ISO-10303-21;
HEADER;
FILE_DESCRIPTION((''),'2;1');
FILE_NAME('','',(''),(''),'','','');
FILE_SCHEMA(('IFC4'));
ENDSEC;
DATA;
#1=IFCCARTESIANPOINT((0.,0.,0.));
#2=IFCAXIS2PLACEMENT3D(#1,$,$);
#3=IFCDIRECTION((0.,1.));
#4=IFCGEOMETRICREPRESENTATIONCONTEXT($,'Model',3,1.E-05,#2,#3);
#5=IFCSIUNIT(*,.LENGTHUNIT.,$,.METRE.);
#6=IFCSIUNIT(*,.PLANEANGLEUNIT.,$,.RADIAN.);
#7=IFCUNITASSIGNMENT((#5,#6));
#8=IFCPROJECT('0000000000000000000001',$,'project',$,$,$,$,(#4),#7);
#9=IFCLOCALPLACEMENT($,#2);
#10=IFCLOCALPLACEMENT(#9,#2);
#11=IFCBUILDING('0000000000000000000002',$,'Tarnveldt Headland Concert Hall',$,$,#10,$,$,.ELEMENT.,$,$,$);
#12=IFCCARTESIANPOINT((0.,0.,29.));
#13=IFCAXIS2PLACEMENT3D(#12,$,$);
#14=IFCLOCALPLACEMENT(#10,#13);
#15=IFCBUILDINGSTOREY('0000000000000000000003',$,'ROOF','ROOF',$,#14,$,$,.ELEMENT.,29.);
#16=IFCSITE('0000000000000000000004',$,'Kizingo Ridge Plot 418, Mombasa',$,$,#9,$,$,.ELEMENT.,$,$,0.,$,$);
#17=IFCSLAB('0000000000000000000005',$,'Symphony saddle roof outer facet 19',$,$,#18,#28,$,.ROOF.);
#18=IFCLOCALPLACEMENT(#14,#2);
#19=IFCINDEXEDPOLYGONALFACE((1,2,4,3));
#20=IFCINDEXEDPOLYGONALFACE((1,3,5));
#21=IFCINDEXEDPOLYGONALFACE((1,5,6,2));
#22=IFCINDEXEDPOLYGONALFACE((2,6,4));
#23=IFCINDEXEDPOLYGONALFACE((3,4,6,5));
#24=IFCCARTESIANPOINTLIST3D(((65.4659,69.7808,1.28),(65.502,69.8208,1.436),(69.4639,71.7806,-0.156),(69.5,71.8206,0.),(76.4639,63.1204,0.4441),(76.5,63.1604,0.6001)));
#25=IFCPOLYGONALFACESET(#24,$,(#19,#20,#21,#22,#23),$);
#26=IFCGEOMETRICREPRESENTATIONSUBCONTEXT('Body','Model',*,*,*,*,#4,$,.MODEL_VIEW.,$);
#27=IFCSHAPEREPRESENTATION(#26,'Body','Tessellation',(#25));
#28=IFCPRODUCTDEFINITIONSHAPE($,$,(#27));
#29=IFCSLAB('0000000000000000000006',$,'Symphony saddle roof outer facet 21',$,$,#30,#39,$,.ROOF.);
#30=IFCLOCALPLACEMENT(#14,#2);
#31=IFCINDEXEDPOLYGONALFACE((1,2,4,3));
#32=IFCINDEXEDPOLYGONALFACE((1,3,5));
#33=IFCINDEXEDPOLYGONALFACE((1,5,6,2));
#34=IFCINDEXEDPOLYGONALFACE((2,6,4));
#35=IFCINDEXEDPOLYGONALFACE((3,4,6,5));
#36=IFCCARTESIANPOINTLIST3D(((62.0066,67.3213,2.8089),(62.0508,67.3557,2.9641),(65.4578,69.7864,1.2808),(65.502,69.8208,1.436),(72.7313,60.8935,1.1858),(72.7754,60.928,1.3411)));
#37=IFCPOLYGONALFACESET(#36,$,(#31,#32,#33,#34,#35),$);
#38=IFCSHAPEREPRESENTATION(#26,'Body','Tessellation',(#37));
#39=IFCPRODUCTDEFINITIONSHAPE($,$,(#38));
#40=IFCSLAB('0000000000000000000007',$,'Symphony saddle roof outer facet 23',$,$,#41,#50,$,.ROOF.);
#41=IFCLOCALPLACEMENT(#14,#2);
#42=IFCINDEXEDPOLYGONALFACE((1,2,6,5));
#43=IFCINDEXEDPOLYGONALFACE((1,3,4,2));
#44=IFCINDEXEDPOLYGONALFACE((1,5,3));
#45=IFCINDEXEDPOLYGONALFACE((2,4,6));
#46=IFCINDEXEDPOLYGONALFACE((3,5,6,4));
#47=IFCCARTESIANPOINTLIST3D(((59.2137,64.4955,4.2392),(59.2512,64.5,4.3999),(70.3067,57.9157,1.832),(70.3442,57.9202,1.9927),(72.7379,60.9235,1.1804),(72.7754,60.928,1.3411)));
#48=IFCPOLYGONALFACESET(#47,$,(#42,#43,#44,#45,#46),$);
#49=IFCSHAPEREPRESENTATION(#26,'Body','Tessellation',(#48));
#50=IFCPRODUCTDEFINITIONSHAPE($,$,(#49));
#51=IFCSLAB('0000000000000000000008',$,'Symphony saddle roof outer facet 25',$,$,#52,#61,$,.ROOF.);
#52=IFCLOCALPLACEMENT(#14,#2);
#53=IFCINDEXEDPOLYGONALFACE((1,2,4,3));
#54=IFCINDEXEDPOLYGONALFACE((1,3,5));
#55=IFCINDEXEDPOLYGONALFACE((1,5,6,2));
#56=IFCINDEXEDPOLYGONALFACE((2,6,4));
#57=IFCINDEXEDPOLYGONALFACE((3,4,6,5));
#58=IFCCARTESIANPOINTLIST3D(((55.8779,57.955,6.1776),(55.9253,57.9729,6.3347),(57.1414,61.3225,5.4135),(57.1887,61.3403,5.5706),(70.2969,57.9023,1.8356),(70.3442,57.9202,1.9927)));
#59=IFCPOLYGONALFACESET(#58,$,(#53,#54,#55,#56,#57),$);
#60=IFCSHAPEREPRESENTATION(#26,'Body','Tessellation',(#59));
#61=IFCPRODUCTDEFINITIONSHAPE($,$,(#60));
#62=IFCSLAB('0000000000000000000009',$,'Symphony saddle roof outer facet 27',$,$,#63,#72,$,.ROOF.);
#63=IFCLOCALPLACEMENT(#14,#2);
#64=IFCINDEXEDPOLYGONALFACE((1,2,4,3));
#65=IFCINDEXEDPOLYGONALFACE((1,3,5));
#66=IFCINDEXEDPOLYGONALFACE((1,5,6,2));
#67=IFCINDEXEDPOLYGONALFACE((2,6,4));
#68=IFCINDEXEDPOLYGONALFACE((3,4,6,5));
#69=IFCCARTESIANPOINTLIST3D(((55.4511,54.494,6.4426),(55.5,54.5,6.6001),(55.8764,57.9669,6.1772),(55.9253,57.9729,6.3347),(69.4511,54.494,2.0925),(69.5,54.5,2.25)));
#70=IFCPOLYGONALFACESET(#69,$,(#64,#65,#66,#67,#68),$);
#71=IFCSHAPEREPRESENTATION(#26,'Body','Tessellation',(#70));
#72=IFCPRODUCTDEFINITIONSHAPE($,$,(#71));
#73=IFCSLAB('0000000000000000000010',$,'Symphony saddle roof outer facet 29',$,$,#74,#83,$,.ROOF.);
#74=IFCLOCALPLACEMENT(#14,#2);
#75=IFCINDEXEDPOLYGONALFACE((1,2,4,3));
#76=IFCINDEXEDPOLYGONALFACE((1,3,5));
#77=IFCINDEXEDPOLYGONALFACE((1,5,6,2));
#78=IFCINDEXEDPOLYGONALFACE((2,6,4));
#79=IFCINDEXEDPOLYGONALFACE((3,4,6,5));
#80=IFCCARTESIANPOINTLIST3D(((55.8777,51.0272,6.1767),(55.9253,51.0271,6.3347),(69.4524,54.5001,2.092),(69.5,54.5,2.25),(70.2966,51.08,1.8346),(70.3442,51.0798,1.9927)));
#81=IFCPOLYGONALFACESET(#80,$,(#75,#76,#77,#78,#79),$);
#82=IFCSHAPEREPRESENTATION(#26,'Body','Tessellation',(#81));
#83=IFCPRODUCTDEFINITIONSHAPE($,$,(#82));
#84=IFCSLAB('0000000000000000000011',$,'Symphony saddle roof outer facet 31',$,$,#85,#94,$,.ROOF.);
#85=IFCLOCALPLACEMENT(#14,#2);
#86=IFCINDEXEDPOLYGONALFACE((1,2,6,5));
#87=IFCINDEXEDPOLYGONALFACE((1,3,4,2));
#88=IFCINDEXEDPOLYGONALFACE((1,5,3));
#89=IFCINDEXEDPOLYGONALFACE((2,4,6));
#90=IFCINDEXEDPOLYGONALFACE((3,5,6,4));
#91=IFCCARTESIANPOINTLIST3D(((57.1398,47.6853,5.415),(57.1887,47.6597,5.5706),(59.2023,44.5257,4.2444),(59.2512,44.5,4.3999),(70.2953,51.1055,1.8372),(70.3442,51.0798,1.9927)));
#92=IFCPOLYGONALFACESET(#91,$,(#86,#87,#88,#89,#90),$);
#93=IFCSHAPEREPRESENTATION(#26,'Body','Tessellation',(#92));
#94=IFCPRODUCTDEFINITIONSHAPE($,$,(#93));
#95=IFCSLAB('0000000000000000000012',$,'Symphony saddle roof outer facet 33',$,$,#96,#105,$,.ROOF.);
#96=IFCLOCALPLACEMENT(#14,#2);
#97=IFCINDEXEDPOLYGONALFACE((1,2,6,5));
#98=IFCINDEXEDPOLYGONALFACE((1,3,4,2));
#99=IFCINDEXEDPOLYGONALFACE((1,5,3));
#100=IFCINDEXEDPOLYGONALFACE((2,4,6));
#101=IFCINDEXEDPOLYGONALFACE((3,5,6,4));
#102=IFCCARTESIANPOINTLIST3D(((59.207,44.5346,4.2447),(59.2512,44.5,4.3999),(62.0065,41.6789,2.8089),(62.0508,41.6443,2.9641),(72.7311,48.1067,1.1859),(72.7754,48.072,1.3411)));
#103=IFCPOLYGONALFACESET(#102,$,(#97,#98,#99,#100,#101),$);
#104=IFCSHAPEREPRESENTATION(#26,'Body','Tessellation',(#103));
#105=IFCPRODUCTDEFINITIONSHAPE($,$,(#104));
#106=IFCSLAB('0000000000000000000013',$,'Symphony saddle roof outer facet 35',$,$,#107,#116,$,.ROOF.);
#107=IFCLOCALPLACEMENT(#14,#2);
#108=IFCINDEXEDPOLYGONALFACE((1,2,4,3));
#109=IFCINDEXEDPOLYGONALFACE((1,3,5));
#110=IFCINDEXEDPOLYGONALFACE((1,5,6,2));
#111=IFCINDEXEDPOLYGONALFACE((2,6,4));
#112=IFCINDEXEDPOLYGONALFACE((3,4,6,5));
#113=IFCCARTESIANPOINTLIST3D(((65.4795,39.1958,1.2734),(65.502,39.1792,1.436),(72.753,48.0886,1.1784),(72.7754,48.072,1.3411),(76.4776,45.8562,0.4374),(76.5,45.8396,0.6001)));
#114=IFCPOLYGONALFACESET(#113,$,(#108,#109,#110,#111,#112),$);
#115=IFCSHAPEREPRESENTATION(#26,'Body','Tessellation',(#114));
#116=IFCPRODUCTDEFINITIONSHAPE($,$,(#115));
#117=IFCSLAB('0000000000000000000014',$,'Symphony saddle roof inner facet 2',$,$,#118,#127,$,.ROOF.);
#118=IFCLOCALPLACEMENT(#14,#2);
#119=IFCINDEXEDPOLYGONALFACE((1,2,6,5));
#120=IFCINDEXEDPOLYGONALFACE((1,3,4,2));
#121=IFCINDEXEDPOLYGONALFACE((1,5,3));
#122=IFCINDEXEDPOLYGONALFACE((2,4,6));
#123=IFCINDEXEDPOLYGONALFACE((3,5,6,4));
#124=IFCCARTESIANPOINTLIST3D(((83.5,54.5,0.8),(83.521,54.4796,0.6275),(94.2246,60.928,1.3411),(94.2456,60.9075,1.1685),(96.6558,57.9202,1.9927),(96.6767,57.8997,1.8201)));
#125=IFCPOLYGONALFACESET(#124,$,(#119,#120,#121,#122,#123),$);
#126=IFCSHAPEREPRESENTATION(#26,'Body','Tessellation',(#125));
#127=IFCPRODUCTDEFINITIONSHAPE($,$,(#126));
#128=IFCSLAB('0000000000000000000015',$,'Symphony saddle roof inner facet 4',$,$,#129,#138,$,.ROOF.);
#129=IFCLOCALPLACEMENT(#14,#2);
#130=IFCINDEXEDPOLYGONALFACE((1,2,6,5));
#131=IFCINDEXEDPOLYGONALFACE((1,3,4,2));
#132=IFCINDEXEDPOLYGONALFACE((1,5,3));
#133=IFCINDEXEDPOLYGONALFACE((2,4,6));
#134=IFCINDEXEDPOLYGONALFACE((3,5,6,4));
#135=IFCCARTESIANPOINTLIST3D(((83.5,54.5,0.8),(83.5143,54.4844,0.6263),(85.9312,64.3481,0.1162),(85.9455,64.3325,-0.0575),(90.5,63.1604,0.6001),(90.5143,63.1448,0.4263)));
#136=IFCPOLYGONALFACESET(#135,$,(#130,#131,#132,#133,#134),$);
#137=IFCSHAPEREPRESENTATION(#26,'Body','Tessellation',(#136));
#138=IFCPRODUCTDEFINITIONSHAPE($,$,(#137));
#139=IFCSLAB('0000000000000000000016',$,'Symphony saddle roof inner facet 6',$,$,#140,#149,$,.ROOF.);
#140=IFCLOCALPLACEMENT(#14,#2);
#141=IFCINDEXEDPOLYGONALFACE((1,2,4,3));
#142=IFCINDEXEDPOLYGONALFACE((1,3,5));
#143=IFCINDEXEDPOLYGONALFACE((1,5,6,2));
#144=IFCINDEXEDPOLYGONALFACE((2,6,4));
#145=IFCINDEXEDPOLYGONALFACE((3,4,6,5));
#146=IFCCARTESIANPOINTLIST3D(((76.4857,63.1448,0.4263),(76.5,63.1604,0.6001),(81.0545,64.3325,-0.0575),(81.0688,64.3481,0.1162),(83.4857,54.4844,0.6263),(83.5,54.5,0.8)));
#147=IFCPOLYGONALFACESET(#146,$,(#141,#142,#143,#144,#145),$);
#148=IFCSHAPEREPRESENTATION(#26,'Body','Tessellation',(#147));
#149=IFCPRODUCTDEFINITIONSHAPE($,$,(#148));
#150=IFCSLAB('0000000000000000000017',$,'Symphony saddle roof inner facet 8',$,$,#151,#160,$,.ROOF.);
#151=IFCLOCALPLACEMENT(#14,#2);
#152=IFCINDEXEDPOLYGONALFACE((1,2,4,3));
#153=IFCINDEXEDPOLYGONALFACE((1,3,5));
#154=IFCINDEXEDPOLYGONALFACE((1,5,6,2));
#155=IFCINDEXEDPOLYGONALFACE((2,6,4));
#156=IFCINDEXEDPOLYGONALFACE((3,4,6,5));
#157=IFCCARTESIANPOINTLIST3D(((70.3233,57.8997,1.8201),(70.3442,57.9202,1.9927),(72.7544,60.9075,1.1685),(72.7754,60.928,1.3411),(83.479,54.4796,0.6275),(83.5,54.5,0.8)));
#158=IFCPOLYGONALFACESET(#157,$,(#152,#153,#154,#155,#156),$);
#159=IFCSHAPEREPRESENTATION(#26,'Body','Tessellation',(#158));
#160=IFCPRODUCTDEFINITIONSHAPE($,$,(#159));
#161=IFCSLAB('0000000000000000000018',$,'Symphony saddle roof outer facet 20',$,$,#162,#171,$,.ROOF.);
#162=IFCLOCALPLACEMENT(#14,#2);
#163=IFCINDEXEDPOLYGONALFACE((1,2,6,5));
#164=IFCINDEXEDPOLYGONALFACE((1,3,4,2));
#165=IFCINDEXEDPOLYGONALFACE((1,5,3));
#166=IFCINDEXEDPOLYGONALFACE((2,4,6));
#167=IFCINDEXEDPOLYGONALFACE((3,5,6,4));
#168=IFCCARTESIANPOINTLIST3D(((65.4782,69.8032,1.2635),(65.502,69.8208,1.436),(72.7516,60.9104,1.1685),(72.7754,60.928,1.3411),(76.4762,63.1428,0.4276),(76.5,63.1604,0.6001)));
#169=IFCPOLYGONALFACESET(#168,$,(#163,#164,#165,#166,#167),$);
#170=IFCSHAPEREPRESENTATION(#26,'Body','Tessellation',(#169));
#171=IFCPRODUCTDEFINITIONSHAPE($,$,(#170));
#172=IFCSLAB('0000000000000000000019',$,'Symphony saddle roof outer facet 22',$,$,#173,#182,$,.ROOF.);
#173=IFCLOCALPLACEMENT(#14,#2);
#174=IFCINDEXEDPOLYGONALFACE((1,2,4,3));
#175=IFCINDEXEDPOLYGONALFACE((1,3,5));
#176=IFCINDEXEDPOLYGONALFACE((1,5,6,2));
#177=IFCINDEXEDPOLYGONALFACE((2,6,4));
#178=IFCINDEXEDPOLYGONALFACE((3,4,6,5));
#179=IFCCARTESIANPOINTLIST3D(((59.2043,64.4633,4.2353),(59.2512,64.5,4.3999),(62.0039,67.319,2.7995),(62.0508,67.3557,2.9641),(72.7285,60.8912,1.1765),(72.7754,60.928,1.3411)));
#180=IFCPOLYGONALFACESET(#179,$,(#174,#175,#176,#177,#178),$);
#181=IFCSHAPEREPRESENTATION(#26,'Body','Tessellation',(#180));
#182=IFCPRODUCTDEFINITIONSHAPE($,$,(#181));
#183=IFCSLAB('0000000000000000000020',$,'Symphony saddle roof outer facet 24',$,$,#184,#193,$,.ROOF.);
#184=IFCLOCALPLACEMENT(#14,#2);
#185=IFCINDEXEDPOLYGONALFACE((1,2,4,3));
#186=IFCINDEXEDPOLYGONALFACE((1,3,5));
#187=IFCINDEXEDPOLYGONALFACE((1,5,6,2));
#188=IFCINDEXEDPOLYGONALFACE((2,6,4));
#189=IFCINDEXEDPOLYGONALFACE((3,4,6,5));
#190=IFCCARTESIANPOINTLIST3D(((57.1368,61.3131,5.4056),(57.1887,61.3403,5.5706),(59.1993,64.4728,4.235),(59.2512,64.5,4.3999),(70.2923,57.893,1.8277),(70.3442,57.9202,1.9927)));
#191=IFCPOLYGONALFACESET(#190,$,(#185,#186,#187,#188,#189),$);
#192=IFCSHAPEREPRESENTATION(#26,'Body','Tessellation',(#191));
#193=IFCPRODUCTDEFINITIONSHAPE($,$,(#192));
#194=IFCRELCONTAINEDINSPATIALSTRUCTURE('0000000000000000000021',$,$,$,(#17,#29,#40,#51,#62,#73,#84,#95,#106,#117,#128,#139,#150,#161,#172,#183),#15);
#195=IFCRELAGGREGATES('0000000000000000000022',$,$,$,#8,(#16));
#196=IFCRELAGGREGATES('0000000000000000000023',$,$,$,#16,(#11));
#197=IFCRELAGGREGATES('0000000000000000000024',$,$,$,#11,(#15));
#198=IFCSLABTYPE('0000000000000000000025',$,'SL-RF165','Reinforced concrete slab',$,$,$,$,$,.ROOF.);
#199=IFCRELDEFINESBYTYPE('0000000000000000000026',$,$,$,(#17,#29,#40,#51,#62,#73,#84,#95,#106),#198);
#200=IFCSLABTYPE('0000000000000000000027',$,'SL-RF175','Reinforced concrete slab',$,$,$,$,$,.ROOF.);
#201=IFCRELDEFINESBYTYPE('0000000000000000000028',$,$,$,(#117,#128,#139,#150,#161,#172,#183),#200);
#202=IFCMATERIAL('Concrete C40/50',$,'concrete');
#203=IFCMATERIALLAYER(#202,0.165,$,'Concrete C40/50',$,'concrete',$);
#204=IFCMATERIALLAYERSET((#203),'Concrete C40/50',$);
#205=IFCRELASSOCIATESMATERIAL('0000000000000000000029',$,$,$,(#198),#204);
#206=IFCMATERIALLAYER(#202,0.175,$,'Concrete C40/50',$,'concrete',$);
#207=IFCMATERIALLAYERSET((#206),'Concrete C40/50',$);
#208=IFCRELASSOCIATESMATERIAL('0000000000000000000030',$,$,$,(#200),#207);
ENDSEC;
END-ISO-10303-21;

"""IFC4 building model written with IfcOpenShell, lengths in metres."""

from ifc_helpers import new_model, si_unit, direction, frame, origin, place, context, subcontext, project, spatial, polyline, outline, extrude, material, layer, layer_set, type_object, element, save


model = new_model("IFC4")

# Units and contexts
model_context = context("Model", 3, precision=1e-05, world=origin(), true_north=direction((0.0, 1.0)))
body_context = subcontext(model_context, "Body", "Model", "MODEL_VIEW")
ifc_project = project(units=[si_unit("LENGTHUNIT", "METRE"), si_unit("PLANEANGLEUNIT", "RADIAN")], contexts=[model_context])

# Site, building, storey
site_placement = place(None, origin())
site = spatial("IfcSite", under=ifc_project, at=site_placement, Name="Kizingo Ridge Plot 418, Mombasa", CompositionType="ELEMENT", RefElevation=0.0)
building_placement = place(site_placement, origin())
building = spatial("IfcBuilding", under=site, at=building_placement, Name="Tarnveldt Headland Concert Hall", CompositionType="ELEMENT")
storey_placement = place(building_placement, frame((0.0, 0.0, 29.0)))
storey = spatial("IfcBuildingStorey", under=building, at=storey_placement, Name="ROOF", Description="ROOF", CompositionType="ELEMENT", Elevation=29.0)

# Slabs
ifc_material = material(Name="Concrete C40/50", Category="concrete")
ifc_layer_1 = layer(ifc_material, 0.165, Name="Concrete C40/50", Category="concrete")
ifc_layer_set_1 = layer_set([ifc_layer_1], Name="Concrete C40/50")
slab_type_1 = type_object("IfcSlabType", Name="SL-RF165", Description="Reinforced concrete slab", PredefinedType="ROOF", material=ifc_layer_set_1)
slab_1_placement = place(storey_placement, frame((76.5, 63.1604, 0.6001), z_axis=(0.218462, 0.242089, 0.94534), x_axis=(-0.627712, 0.776583, -0.053813)))
element("IfcSlab", 1, at=slab_1_placement, inside=storey, type_object=slab_type_1, Name="Symphony saddle roof outer facet 19", PredefinedType="ROOF", context=body_context, shape_type="SweptSolid", body=[
    extrude(outline(polyline([(0.0, 0.0), (11.1516, 0.0), (12.031, 4.6122), (0.0, 0.0)])), origin(), (0.0, 0.0, -1.0), 0.165),
])
slab_2_placement = place(storey_placement, frame((72.7754, 60.928, 1.3411), z_axis=(0.267446, 0.208698, 0.940701), x_axis=(-0.633085, 0.774038, 0.008266)))
element("IfcSlab", 2, at=slab_2_placement, inside=storey, type_object=slab_type_1, Name="Symphony saddle roof outer facet 21", PredefinedType="ROOF", context=body_context, shape_type="SweptSolid", body=[
    extrude(outline(polyline([(0.0, 0.0), (11.4889, 0.0), (11.7783, 4.4987), (0.0, 0.0)])), origin(), (0.0, 0.0, -1.0), 0.165),
])
slab_3_placement = place(storey_placement, frame((72.7754, 60.928, 1.3411), z_axis=(0.227335, 0.027135, 0.973438), x_axis=(-0.944525, 0.249469, 0.213629)))
element("IfcSlab", 3, at=slab_3_placement, inside=storey, type_object=slab_type_1, Name="Symphony saddle roof outer facet 23", PredefinedType="ROOF", context=body_context, shape_type="SweptSolid", body=[
    extrude(outline(polyline([(0.0, 0.0), (14.3185, 0.0), (1.6851, 3.5415), (0.0, 0.0)])), origin(), (0.0, 0.0, -1.0), 0.165),
])
slab_4_placement = place(storey_placement, frame((70.3442, 57.9202, 1.9927), z_axis=(0.287011, 0.108302, 0.951785), x_axis=(-0.935947, 0.243327, 0.254548)))
element("IfcSlab", 4, at=slab_4_placement, inside=storey, type_object=slab_type_1, Name="Symphony saddle roof outer facet 25", PredefinedType="ROOF", context=body_context, shape_type="SweptSolid", body=[
    extrude(outline(polyline([(0.0, 0.0), (14.0558, 0.0), (14.6135, 3.6344), (0.0, 0.0)])), origin(), (0.0, 0.0, -1.0), 0.165),
])
slab_5_placement = place(storey_placement, frame((69.5, 54.5, 2.25), z_axis=(0.296528, 0.036611, 0.954322), x_axis=(-0.930083, 0.237949, 0.279868)))
element("IfcSlab", 5, at=slab_5_placement, inside=storey, type_object=slab_type_1, Name="Symphony saddle roof outer facet 27", PredefinedType="ROOF", context=body_context, shape_type="SweptSolid", body=[
    extrude(outline(polyline([(0.0, 0.0), (14.5952, 0.0), (14.2386, 3.4907), (0.0, 0.0)])), origin(), (0.0, 0.0, -1.0), 0.165),
])
slab_6_placement = place(storey_placement, frame((69.5, 54.5, 2.25), z_axis=(0.288347, -0.000866, 0.957526), x_axis=(-0.930083, -0.237949, 0.279868)))
element("IfcSlab", 6, at=slab_6_placement, inside=storey, type_object=slab_type_1, Name="Symphony saddle roof outer facet 29", PredefinedType="ROOF", context=body_context, shape_type="SweptSolid", body=[
    extrude(outline(polyline([(0.0, 0.0), (14.5952, 0.0), (-0.0434, 3.5319), (0.0, 0.0)])), origin(), (0.0, 0.0, -1.0), 0.165),
])
slab_7_placement = place(storey_placement, frame((70.3442, 51.0798, 1.9927), z_axis=(0.296673, -0.155445, 0.942243), x_axis=(-0.935947, -0.243327, 0.254548)))
element("IfcSlab", 7, at=slab_7_placement, inside=storey, type_object=slab_type_1, Name="Symphony saddle roof outer facet 31", PredefinedType="ROOF", context=body_context, shape_type="SweptSolid", body=[
    extrude(outline(polyline([(0.0, 0.0), (14.0558, 0.0), (12.5963, 3.6712), (0.0, 0.0)])), origin(), (0.0, 0.0, -1.0), 0.165),
])
slab_8_placement = place(storey_placement, frame((72.7754, 48.072, 1.3411), z_axis=(0.268101, -0.209906, 0.940245), x_axis=(-0.944525, -0.249469, 0.213629)))
element("IfcSlab", 8, at=slab_8_placement, inside=storey, type_object=slab_type_1, Name="Symphony saddle roof outer facet 33", PredefinedType="ROOF", context=body_context, shape_type="SweptSolid", body=[
    extrude(outline(polyline([(0.0, 0.0), (14.3185, 0.0), (12.0799, 3.6115), (0.0, 0.0)])), origin(), (0.0, 0.0, -1.0), 0.165),
])
slab_9_placement = place(storey_placement, frame((72.7754, 48.072, 1.3411), z_axis=(0.135809, -0.100552, 0.985619), x_axis=(-0.633085, -0.774038, 0.008266)))
element("IfcSlab", 9, at=slab_9_placement, inside=storey, type_object=slab_type_1, Name="Symphony saddle roof outer facet 35", PredefinedType="ROOF", context=body_context, shape_type="SweptSolid", body=[
    extrude(outline(polyline([(0.0, 0.0), (11.4889, 0.0), (-0.6361, 4.359), (0.0, 0.0)])), origin(), (0.0, 0.0, -1.0), 0.165),
])
ifc_layer_2 = layer(ifc_material, 0.175, Name="Concrete C40/50", Category="concrete")
ifc_layer_set_2 = layer_set([ifc_layer_2], Name="Concrete C40/50")
slab_type_2 = type_object("IfcSlabType", Name="SL-RF175", Description="Reinforced concrete slab", PredefinedType="ROOF", material=ifc_layer_set_2)
slab_10_placement = place(storey_placement, frame((83.5, 54.5, 0.8), z_axis=(-0.119743, 0.116802, 0.98591), x_axis=(0.964125, 0.250648, 0.087402)))
element("IfcSlab", 10, at=slab_10_placement, inside=storey, type_object=slab_type_2, Name="Symphony saddle roof inner facet 2", PredefinedType="ROOF", context=body_context, shape_type="SweptSolid", body=[
    extrude(outline(polyline([(0.0, 0.0), (13.6453, 0.0), (11.9983, 3.5594), (0.0, 0.0)])), origin(), (0.0, 0.0, -1.0), 0.175),
])
slab_11_placement = place(storey_placement, frame((83.5, 54.5, 0.8), z_axis=(-0.081952, 0.089158, 0.99264), x_axis=(0.628511, 0.777594, -0.017953)))
element("IfcSlab", 11, at=slab_11_placement, inside=storey, type_object=slab_type_2, Name="Symphony saddle roof inner facet 4", PredefinedType="ROOF", context=body_context, shape_type="SweptSolid", body=[
    extrude(outline(polyline([(0.0, 0.0), (11.1374, 0.0), (9.1981, 4.3311), (0.0, 0.0)])), origin(), (0.0, 0.0, -1.0), 0.175),
])
slab_12_placement = place(storey_placement, frame((83.5, 54.5, 0.8), z_axis=(0.081952, 0.089158, 0.99264), x_axis=(-0.239126, 0.968656, -0.067262)))
element("IfcSlab", 12, at=slab_12_placement, inside=storey, type_object=slab_type_2, Name="Symphony saddle roof inner facet 6", PredefinedType="ROOF", context=body_context, shape_type="SweptSolid", body=[
    extrude(outline(polyline([(0.0, 0.0), (10.1668, 0.0), (10.0763, 4.7446), (0.0, 0.0)])), origin(), (0.0, 0.0, -1.0), 0.175),
])
slab_13_placement = place(storey_placement, frame((83.5, 54.5, 0.8), z_axis=(0.119743, 0.116802, 0.98591), x_axis=(-0.85693, 0.513616, 0.043229)))
element("IfcSlab", 13, at=slab_13_placement, inside=storey, type_object=slab_type_2, Name="Symphony saddle roof inner facet 8", PredefinedType="ROOF", context=body_context, shape_type="SweptSolid", body=[
    extrude(outline(polyline([(0.0, 0.0), (12.5151, 0.0), (13.0818, 3.8808), (0.0, 0.0)])), origin(), (0.0, 0.0, -1.0), 0.175),
])
slab_14_placement = place(storey_placement, frame((76.5, 63.1604, 0.6001), z_axis=(0.135809, 0.100552, 0.985619), x_axis=(-0.853571, 0.516921, 0.064878)))
element("IfcSlab", 14, at=slab_14_placement, inside=storey, type_object=slab_type_2, Name="Symphony saddle roof outer facet 20", PredefinedType="ROOF", context=body_context, shape_type="SweptSolid", body=[
    extrude(outline(polyline([(0.0, 0.0), (12.8847, 0.0), (2.0733, 3.8868), (0.0, 0.0)])), origin(), (0.0, 0.0, -1.0), 0.175),
])
slab_15_placement = place(storey_placement, frame((72.7754, 60.928, 1.3411), z_axis=(0.268101, 0.209906, 0.940245), x_axis=(-0.850604, 0.509805, 0.128729)))
element("IfcSlab", 15, at=slab_15_placement, inside=storey, type_object=slab_type_2, Name="Symphony saddle roof outer facet 22", PredefinedType="ROOF", context=body_context, shape_type="SweptSolid", body=[
    extrude(outline(polyline([(0.0, 0.0), (12.6082, 0.0), (13.7185, 4.1014), (0.0, 0.0)])), origin(), (0.0, 0.0, -1.0), 0.175),
])
slab_16_placement = place(storey_placement, frame((70.3442, 57.9202, 1.9927), z_axis=(0.296673, 0.155445, 0.942243), x_axis=(-0.845481, 0.501498, 0.183473)))
element("IfcSlab", 16, at=slab_16_placement, inside=storey, type_object=slab_type_2, Name="Symphony saddle roof outer facet 24", PredefinedType="ROOF", context=body_context, shape_type="SweptSolid", body=[
    extrude(outline(polyline([(0.0, 0.0), (13.1204, 0.0), (13.4944, 3.9329), (0.0, 0.0)])), origin(), (0.0, 0.0, -1.0), 0.175),
])

save(model, "model.ifc")
